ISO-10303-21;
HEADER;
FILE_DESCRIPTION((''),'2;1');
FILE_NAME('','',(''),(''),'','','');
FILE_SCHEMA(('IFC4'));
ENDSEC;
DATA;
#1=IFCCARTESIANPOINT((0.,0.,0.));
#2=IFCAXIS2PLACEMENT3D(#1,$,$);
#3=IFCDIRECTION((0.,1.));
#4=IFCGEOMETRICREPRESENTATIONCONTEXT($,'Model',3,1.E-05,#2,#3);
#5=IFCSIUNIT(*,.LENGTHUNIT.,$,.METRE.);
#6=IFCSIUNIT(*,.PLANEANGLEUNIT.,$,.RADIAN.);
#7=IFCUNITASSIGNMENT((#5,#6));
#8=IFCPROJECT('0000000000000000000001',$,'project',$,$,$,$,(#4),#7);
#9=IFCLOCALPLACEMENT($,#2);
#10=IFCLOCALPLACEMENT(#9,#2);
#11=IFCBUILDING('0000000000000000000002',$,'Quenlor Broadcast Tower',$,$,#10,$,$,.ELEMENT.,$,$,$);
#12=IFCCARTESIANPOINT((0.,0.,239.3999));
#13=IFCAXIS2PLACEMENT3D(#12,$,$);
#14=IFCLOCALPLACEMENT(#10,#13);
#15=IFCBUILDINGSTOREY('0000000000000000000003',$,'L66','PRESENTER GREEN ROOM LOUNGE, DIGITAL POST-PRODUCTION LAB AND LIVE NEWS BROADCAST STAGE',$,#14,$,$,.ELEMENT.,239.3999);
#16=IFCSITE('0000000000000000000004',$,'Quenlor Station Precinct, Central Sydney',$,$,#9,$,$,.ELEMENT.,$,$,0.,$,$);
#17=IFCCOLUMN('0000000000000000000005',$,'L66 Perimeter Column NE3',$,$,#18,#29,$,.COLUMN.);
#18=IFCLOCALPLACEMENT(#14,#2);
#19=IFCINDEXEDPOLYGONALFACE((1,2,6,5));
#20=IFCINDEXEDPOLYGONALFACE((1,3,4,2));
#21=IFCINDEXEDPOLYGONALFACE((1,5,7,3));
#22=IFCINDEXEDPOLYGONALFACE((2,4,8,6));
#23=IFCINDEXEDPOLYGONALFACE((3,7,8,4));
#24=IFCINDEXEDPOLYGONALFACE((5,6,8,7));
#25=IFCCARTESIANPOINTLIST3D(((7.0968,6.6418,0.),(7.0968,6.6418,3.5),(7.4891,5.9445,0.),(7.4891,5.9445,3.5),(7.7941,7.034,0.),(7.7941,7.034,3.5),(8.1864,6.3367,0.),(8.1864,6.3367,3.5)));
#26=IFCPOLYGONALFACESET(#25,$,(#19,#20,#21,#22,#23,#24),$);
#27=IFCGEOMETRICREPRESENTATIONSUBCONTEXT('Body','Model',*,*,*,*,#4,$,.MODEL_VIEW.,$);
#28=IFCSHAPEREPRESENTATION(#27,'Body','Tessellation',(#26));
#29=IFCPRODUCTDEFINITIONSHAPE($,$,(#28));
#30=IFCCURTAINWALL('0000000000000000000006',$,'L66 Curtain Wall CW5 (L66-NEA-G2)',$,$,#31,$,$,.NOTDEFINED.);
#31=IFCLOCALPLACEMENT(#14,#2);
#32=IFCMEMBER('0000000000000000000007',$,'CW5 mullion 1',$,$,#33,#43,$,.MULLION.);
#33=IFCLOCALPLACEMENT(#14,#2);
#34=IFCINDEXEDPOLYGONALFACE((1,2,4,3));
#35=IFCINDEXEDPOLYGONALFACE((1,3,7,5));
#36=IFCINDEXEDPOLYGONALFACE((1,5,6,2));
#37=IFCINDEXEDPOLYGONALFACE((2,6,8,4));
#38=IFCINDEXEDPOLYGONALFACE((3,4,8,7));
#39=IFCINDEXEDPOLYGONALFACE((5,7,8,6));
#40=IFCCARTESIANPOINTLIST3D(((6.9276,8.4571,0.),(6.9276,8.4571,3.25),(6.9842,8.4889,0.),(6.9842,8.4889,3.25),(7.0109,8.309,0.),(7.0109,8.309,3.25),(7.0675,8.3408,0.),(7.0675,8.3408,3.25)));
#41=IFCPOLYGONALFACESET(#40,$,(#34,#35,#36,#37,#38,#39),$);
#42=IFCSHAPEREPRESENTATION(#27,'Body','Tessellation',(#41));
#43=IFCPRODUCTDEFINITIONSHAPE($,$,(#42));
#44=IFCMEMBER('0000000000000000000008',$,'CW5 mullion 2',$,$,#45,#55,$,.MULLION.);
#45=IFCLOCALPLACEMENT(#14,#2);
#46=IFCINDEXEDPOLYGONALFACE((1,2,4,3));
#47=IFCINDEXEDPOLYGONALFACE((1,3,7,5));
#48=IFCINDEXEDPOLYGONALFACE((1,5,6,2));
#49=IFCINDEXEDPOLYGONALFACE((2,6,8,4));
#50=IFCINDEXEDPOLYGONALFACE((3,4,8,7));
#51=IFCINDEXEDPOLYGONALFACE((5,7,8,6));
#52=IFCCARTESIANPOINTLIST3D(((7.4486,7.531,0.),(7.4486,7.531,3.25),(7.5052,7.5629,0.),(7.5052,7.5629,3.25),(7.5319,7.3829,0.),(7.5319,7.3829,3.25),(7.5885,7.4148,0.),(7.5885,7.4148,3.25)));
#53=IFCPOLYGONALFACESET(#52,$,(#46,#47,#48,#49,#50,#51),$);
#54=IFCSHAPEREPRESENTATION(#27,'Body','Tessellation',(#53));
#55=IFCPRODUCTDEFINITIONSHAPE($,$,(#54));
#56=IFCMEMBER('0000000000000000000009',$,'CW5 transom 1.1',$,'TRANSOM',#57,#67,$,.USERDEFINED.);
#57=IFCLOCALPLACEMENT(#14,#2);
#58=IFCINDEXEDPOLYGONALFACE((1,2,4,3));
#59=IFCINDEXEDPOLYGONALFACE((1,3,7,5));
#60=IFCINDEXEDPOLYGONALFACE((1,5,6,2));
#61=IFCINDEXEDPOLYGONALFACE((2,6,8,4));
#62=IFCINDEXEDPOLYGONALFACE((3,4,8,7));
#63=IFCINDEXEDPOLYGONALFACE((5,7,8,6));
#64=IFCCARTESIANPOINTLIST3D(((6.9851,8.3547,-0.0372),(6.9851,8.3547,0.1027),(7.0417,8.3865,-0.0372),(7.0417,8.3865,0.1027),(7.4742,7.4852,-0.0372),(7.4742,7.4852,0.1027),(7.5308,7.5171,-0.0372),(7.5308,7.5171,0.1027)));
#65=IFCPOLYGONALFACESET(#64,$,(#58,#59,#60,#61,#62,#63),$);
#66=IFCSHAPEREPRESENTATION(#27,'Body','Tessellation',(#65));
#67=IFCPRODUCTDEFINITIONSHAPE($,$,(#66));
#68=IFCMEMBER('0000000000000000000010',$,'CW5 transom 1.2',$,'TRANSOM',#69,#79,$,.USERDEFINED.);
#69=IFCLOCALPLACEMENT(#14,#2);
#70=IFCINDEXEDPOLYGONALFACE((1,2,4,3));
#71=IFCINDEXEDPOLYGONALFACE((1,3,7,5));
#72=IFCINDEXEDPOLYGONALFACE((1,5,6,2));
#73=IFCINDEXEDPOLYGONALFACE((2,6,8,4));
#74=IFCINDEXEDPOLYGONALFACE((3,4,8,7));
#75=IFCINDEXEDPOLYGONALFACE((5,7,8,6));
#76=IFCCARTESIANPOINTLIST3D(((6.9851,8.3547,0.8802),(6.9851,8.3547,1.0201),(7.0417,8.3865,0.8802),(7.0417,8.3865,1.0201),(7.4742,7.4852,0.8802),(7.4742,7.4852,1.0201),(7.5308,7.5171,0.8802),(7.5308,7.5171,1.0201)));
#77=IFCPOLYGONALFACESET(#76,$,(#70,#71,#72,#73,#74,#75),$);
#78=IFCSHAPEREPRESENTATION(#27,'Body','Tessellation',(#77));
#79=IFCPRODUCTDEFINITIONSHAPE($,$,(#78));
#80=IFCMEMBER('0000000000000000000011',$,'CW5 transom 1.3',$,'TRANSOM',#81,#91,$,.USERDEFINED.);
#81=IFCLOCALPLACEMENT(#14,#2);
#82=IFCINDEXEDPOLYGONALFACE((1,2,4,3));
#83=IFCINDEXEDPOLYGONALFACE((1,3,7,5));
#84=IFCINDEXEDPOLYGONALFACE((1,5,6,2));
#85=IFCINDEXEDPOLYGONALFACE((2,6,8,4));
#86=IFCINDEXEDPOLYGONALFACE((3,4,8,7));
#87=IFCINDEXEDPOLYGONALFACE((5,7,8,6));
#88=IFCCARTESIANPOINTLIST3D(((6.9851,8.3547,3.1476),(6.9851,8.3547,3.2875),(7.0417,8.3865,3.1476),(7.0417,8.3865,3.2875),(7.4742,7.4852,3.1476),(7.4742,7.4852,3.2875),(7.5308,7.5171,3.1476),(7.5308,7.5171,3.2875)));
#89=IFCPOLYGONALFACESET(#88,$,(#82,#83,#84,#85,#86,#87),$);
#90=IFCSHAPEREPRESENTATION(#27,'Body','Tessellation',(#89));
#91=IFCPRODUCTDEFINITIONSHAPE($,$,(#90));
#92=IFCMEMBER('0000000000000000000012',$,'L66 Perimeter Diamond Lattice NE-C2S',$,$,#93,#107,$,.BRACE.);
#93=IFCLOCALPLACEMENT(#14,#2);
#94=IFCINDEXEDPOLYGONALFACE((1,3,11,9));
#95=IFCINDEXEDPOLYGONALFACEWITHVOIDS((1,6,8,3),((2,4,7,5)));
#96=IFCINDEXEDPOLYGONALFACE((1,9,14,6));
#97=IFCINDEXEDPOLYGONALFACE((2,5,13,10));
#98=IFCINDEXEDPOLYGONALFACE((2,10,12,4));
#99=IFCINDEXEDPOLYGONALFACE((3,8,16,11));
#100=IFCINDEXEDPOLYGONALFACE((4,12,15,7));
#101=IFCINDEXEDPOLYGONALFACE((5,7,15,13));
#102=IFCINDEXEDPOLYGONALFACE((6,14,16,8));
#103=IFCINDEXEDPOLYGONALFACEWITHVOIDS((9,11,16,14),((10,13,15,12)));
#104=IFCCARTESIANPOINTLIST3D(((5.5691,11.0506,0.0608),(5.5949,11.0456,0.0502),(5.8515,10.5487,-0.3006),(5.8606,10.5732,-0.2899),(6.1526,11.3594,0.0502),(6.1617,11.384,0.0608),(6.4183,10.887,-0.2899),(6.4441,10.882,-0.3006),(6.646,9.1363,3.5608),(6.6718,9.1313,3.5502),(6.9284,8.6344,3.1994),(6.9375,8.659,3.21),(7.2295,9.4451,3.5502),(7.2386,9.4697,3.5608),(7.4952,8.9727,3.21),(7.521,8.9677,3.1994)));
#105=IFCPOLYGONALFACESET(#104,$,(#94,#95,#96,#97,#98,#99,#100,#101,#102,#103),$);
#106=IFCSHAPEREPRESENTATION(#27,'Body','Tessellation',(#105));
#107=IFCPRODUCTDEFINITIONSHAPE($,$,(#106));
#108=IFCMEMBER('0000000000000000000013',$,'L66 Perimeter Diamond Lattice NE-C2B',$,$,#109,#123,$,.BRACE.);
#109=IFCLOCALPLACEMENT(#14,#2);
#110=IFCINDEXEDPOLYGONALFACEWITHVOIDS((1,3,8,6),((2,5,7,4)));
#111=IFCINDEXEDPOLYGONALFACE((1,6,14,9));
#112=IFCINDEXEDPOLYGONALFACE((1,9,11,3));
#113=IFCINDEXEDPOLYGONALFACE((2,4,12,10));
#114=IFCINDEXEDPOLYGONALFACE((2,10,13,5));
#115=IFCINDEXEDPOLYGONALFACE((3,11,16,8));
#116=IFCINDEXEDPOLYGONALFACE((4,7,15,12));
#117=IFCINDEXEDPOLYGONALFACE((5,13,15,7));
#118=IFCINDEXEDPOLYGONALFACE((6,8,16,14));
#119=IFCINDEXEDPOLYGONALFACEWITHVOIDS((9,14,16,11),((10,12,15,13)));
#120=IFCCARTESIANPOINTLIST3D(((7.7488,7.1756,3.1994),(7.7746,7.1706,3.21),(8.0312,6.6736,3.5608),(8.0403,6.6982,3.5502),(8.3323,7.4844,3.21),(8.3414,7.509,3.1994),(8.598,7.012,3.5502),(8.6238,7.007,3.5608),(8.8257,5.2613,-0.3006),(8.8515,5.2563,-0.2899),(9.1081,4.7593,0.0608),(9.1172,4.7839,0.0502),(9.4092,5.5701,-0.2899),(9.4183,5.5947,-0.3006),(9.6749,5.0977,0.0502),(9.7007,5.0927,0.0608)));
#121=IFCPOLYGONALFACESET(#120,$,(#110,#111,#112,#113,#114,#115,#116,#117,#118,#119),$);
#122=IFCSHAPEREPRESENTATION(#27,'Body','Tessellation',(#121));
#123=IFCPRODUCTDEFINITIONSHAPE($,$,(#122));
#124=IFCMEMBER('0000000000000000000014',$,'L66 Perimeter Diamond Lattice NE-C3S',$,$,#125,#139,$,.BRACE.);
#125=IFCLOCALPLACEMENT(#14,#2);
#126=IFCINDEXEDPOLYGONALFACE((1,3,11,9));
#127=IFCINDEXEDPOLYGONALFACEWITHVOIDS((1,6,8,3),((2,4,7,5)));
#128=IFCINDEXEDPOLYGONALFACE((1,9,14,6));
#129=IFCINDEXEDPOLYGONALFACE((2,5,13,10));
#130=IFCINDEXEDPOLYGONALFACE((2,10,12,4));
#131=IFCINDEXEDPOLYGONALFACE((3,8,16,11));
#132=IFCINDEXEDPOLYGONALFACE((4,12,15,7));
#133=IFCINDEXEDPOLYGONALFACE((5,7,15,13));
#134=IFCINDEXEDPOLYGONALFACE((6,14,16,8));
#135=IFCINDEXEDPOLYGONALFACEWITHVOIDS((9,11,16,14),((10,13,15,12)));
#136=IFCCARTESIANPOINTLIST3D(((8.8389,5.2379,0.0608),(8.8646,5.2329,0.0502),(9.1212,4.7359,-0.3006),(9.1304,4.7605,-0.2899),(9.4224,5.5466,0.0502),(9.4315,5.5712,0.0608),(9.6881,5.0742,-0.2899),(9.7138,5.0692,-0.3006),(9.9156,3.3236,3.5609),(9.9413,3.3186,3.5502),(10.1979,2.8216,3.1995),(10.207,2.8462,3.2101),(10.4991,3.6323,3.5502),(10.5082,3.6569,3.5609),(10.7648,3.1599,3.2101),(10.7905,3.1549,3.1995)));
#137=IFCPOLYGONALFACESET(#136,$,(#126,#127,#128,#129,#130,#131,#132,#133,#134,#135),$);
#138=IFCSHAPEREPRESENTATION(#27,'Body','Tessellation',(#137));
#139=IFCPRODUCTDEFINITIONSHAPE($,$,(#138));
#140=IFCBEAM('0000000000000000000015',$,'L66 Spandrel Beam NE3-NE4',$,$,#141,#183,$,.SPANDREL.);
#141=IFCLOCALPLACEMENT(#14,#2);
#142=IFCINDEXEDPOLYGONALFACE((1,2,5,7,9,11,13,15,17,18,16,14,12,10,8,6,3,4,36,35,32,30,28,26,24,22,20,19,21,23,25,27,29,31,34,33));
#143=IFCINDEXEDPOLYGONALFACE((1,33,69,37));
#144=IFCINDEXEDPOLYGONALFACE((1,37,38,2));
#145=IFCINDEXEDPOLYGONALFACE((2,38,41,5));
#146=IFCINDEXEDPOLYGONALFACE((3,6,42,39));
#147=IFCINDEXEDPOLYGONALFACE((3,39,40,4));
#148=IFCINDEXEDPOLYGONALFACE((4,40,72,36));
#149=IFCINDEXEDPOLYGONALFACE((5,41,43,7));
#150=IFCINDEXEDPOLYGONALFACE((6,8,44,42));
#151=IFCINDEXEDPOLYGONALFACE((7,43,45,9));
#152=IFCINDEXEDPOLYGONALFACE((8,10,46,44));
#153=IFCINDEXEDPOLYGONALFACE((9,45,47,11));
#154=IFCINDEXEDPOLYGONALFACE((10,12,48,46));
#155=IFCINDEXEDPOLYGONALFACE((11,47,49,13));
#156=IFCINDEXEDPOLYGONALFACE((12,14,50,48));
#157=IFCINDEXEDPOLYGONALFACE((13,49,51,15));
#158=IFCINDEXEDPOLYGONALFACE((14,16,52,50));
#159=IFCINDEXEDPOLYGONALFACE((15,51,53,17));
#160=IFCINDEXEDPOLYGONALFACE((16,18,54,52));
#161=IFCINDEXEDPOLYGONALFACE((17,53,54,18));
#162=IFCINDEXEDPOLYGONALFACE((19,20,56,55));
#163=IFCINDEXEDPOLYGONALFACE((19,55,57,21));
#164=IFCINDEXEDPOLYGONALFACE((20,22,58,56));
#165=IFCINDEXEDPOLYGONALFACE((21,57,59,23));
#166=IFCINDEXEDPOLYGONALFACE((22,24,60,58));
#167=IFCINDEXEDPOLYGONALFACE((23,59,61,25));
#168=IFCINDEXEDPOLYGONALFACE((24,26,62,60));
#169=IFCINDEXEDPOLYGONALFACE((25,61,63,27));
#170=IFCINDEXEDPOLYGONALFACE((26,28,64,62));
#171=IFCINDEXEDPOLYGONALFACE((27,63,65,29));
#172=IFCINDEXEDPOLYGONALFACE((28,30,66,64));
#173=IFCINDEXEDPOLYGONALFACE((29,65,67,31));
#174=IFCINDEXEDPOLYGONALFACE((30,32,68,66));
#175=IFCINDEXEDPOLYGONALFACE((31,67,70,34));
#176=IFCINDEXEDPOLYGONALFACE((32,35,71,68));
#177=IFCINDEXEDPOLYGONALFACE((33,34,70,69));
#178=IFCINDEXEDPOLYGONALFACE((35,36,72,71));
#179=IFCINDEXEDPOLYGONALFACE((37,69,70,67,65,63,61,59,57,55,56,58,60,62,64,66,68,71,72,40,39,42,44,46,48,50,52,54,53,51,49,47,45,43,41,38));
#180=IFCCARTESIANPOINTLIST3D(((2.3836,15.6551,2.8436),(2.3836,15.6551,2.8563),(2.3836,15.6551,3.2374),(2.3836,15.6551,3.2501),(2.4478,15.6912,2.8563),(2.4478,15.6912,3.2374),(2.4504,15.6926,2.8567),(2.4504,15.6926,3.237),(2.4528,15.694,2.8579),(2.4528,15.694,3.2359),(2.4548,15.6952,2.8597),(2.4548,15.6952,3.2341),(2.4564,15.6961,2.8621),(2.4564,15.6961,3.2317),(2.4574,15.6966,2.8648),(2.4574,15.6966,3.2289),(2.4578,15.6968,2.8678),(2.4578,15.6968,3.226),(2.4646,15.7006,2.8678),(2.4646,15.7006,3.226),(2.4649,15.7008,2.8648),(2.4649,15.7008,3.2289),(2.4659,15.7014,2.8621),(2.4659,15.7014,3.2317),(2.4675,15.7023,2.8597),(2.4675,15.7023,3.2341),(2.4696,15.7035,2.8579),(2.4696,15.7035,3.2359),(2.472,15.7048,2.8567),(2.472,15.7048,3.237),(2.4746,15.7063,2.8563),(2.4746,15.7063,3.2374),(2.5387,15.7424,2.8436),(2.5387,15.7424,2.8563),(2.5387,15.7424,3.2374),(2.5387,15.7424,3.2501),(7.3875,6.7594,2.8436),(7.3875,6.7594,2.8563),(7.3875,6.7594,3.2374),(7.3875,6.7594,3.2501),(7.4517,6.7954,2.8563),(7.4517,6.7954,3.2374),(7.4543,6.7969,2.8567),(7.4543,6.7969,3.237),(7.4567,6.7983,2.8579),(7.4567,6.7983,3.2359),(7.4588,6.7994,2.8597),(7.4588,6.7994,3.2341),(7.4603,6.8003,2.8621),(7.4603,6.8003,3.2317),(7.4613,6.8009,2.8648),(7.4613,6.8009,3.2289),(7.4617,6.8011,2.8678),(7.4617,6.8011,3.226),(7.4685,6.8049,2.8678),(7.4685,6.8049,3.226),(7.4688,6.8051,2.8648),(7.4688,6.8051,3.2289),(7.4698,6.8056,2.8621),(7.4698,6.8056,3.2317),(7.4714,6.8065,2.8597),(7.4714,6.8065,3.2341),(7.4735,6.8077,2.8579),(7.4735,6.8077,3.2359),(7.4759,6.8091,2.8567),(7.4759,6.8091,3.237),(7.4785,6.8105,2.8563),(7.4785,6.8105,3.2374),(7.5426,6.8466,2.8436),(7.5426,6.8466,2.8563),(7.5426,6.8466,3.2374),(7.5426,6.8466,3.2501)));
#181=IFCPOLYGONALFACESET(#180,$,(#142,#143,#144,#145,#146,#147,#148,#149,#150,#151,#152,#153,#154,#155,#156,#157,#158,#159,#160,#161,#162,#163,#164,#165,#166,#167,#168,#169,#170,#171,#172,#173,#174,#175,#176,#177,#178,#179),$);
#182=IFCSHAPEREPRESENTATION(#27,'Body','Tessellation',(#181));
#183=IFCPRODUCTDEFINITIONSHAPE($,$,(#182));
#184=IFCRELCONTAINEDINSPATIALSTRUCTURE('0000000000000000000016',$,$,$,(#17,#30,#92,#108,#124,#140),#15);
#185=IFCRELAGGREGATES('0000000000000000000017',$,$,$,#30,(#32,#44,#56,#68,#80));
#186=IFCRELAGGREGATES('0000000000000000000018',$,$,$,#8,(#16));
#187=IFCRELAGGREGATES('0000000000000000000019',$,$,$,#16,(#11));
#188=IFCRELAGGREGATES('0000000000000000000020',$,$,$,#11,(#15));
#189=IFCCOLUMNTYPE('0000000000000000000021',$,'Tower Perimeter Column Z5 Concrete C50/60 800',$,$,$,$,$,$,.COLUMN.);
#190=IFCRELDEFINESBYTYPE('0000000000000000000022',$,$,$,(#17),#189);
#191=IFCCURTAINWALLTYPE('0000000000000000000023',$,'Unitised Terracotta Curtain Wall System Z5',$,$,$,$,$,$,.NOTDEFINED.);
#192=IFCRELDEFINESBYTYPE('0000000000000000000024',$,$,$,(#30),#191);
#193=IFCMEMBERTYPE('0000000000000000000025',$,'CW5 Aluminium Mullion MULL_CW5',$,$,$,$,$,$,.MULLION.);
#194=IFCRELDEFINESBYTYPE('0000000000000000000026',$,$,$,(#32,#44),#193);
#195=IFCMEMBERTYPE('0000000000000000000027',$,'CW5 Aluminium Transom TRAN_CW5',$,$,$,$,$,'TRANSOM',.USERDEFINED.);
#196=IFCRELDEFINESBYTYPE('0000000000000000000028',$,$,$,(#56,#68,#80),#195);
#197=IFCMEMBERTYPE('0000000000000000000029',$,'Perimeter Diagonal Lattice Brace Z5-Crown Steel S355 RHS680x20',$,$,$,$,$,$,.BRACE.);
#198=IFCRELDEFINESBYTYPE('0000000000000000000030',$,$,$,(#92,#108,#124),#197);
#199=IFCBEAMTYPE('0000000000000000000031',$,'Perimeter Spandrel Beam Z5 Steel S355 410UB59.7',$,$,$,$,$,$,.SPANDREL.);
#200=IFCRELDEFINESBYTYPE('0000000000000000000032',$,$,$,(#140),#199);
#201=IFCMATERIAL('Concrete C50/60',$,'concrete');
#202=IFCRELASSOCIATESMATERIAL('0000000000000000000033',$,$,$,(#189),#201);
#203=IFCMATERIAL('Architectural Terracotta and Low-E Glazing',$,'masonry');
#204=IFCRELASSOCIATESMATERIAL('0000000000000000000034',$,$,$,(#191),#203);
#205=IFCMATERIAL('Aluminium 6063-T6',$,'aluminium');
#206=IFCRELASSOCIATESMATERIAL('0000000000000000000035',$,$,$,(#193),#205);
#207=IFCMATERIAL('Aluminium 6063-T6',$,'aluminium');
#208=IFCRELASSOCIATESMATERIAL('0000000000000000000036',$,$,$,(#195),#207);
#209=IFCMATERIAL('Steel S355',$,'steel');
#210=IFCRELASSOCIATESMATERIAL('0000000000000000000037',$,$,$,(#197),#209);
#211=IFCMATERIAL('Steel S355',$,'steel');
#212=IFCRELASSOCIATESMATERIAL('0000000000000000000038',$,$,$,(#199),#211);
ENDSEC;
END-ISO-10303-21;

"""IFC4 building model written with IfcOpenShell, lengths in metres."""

from ifc_helpers import new_model, si_unit, direction, frame, origin, origin_2d, place, context, subcontext, project, spatial, rectangle, hollow_rectangle, i_section, extrude, material, material_profile, profile_set, type_object, element, aggregate, save


model = new_model("IFC4")

# Units and contexts
model_context = context("Model", 3, precision=1e-05, world=origin(), true_north=direction((0.0, 1.0)))
body_context = subcontext(model_context, "Body", "Model", "MODEL_VIEW")
ifc_project = project(units=[si_unit("LENGTHUNIT", "METRE"), si_unit("PLANEANGLEUNIT", "RADIAN")], contexts=[model_context])

# Site, building, storey
site_placement = place(None, origin())
site = spatial("IfcSite", under=ifc_project, at=site_placement, Name="Quenlor Station Precinct, Central Sydney", CompositionType="ELEMENT", RefElevation=0.0)
building_placement = place(site_placement, origin())
building = spatial("IfcBuilding", under=site, at=building_placement, Name="Quenlor Broadcast Tower", CompositionType="ELEMENT")
storey_placement = place(building_placement, frame((0.0, 0.0, 239.3999)))
storey = spatial("IfcBuildingStorey", under=building, at=storey_placement, Name="L66", Description="PRESENTER GREEN ROOM LOUNGE, DIGITAL POST-PRODUCTION LAB AND LIVE NEWS BROADCAST STAGE", CompositionType="ELEMENT", Elevation=239.3999)

# Column
ifc_material_1 = material(Name="Concrete C50/60", Category="concrete")
ifc_material_profile_1 = material_profile(ifc_material_1, rectangle(XDim=0.8, YDim=0.8, at=origin_2d()))
ifc_profile_set_1 = profile_set([ifc_material_profile_1], Name="Concrete C50/60 RC800x800")
column_type = type_object("IfcColumnType", Name="Tower Perimeter Column Z5 Concrete C50/60 800", PredefinedType="COLUMN", material=ifc_profile_set_1)
column_placement = place(storey_placement, frame((7.6416, 6.4893, 0.0), z_axis=(0.0, 0.0, 1.0), x_axis=(0.871575, 0.490262, 0.0)))
element("IfcColumn", 1, at=column_placement, inside=storey, type_object=column_type, Name="L66 Perimeter Column NE3", PredefinedType="COLUMN", context=body_context, shape_type="SweptSolid", body=[
    extrude(rectangle(XDim=0.8, YDim=0.8, at=origin_2d()), origin(), (0.0, 0.0, 1.0), 3.5),
])

# Curtain wall, members
ifc_material_2 = material(Name="Architectural Terracotta and Low-E Glazing", Category="masonry")
curtain_wall_type = type_object("IfcCurtainWallType", Name="Unitised Terracotta Curtain Wall System Z5", PredefinedType="NOTDEFINED", material=ifc_material_2)
curtain_wall_placement = place(storey_placement, origin())
curtain_wall = element("IfcCurtainWall", 2, at=curtain_wall_placement, inside=storey, type_object=curtain_wall_type, Name="L66 Curtain Wall CW5 (L66-NEA-G2)", PredefinedType="NOTDEFINED")
ifc_material_3 = material(Name="Aluminium 6063-T6", Category="aluminium")
ifc_material_profile_2 = material_profile(ifc_material_3, rectangle(XDim=0.0649, YDim=0.1699, at=origin_2d()))
ifc_profile_set_2 = profile_set([ifc_material_profile_2], Name="Aluminium 6063-T6 MULL65x170")
member_type_1 = type_object("IfcMemberType", Name="CW5 Aluminium Mullion MULL_CW5", PredefinedType="MULLION", material=ifc_profile_set_2)
member_1_placement = place(storey_placement, frame((6.9976, 8.3989, 0.0), z_axis=(0.0, 0.0, 1.0), x_axis=(0.871564, 0.490282, 0.0)))
member_1 = element("IfcMember", 3, at=member_1_placement, type_object=member_type_1, Name="CW5 mullion 1", PredefinedType="MULLION", context=body_context, shape_type="SweptSolid", body=[
    extrude(rectangle(XDim=0.0649, YDim=0.1699, at=origin_2d()), origin(), (0.0, 0.0, 1.0), 3.25),
])
member_2_placement = place(storey_placement, frame((7.5186, 7.4729, 0.0), z_axis=(0.0, 0.0, 1.0), x_axis=(0.871564, 0.490282, 0.0)))
member_2 = element("IfcMember", 4, at=member_2_placement, type_object=member_type_1, Name="CW5 mullion 2", PredefinedType="MULLION", context=body_context, shape_type="SweptSolid", body=[
    extrude(rectangle(XDim=0.0649, YDim=0.1699, at=origin_2d()), origin(), (0.0, 0.0, 1.0), 3.25),
])
ifc_material_4 = material(Name="Aluminium 6063-T6", Category="aluminium")
ifc_material_profile_3 = material_profile(ifc_material_4, rectangle(XDim=0.0649, YDim=0.1399, at=origin_2d()))
ifc_profile_set_3 = profile_set([ifc_material_profile_3], Name="Aluminium 6063-T6 TRAN65x140")
member_type_2 = type_object("IfcMemberType", Name="CW5 Aluminium Transom TRAN_CW5", ElementType="TRANSOM", PredefinedType="USERDEFINED", material=ifc_profile_set_3)
member_3_placement = place(storey_placement, frame((7.0134, 8.3706, 0.0327), z_axis=(0.49025, -0.871582, 0.0), x_axis=(0.871582, 0.49025, 0.0)))
member_3 = element("IfcMember", 5, at=member_3_placement, type_object=member_type_2, Name="CW5 transom 1.1", ObjectType="TRANSOM", PredefinedType="USERDEFINED", context=body_context, shape_type="SweptSolid", body=[
    extrude(rectangle(XDim=0.0649, YDim=0.1399, at=origin_2d()), origin(), (0.0, 0.0, 1.0), 0.9976),
])
member_4_placement = place(storey_placement, frame((7.0134, 8.3706, 0.9502), z_axis=(0.49025, -0.871582, 0.0), x_axis=(0.871582, 0.49025, 0.0)))
member_4 = element("IfcMember", 6, at=member_4_placement, type_object=member_type_2, Name="CW5 transom 1.2", ObjectType="TRANSOM", PredefinedType="USERDEFINED", context=body_context, shape_type="SweptSolid", body=[
    extrude(rectangle(XDim=0.0649, YDim=0.1399, at=origin_2d()), origin(), (0.0, 0.0, 1.0), 0.9976),
])
member_5_placement = place(storey_placement, frame((7.0134, 8.3706, 3.2175), z_axis=(0.49025, -0.871582, 0.0), x_axis=(0.871582, 0.49025, 0.0)))
member_5 = element("IfcMember", 7, at=member_5_placement, type_object=member_type_2, Name="CW5 transom 1.3", ObjectType="TRANSOM", PredefinedType="USERDEFINED", context=body_context, shape_type="SweptSolid", body=[
    extrude(rectangle(XDim=0.0649, YDim=0.1399, at=origin_2d()), origin(), (0.0, 0.0, 1.0), 0.9976),
])

# Members
ifc_material_5 = material(Name="Steel S355", Category="steel")
ifc_material_profile_4 = material_profile(ifc_material_5, hollow_rectangle(XDim=0.6799, YDim=0.6799, WallThickness=0.02, at=origin_2d()))
ifc_profile_set_4 = profile_set([ifc_material_profile_4], Name="Steel S355 RHS680x680x20")
member_type_3 = type_object("IfcMemberType", Name="Perimeter Diagonal Lattice Brace Z5-Crown Steel S355 RHS680x20", PredefinedType="BRACE", material=ifc_profile_set_4)
for number, where, z_axis, x_axis, name in (
    (8, (6.0066, 10.9663, -0.1199), (0.260619, -0.463276, 0.847026), (0.871555, 0.490298, 0.0), "L66 Perimeter Diamond Lattice NE-C2S"),
    (9, (9.2632, 5.177, -0.1199), (-0.260619, 0.463276, 0.847026), (-0.871555, -0.490298, 0.0), "L66 Perimeter Diamond Lattice NE-C2B"),
    (10, (9.2764, 5.1536, -0.1199), (0.260564, -0.463283, 0.847039), (0.871602, 0.490214, 0.0), "L66 Perimeter Diamond Lattice NE-C3S"),
):
    element("IfcMember", number, at=place(storey_placement, frame(where, z_axis=z_axis, x_axis=x_axis)), inside=storey, type_object=member_type_3, Name=name, PredefinedType="BRACE", context=body_context, shape_type="SweptSolid", body=[
        extrude(hollow_rectangle(XDim=0.6799, YDim=0.6799, WallThickness=0.02, at=origin_2d()), origin(), (0.0, 0.0, 1.0), 4.1321),
    ])

# Beam
ifc_material_6 = material(Name="Steel S355", Category="steel")
ifc_material_profile_5 = material_profile(ifc_material_6, i_section(OverallWidth=0.178, OverallDepth=0.4065, WebThickness=0.0078, FlangeThickness=0.0127, FilletRadius=0.0115, at=origin_2d()))
ifc_profile_set_5 = profile_set([ifc_material_profile_5], Name="Steel S355 410UB59.7")
beam_type_1 = type_object("IfcBeamType", Name="Perimeter Spandrel Beam Z5 Steel S355 410UB59.7", PredefinedType="SPANDREL", material=ifc_profile_set_5)
beam_1_placement = place(storey_placement, frame((7.4651, 6.803, 3.0469), z_axis=(-0.490265, 0.871574, 0.0), x_axis=(-0.871574, -0.490265, 0.0)))
element("IfcBeam", 11, at=beam_1_placement, inside=storey, type_object=beam_type_1, Name="L66 Spandrel Beam NE3-NE4", PredefinedType="SPANDREL", context=body_context, shape_type="SweptSolid", body=[
    extrude(i_section(OverallWidth=0.178, OverallDepth=0.4065, WebThickness=0.0078, FlangeThickness=0.0127, FilletRadius=0.0115, at=origin_2d()), origin(), (0.0, 0.0, 1.0), 10.2065),
])

aggregate(curtain_wall, [member_1, member_2, member_3, member_4, member_5])

save(model, "model.ifc")
